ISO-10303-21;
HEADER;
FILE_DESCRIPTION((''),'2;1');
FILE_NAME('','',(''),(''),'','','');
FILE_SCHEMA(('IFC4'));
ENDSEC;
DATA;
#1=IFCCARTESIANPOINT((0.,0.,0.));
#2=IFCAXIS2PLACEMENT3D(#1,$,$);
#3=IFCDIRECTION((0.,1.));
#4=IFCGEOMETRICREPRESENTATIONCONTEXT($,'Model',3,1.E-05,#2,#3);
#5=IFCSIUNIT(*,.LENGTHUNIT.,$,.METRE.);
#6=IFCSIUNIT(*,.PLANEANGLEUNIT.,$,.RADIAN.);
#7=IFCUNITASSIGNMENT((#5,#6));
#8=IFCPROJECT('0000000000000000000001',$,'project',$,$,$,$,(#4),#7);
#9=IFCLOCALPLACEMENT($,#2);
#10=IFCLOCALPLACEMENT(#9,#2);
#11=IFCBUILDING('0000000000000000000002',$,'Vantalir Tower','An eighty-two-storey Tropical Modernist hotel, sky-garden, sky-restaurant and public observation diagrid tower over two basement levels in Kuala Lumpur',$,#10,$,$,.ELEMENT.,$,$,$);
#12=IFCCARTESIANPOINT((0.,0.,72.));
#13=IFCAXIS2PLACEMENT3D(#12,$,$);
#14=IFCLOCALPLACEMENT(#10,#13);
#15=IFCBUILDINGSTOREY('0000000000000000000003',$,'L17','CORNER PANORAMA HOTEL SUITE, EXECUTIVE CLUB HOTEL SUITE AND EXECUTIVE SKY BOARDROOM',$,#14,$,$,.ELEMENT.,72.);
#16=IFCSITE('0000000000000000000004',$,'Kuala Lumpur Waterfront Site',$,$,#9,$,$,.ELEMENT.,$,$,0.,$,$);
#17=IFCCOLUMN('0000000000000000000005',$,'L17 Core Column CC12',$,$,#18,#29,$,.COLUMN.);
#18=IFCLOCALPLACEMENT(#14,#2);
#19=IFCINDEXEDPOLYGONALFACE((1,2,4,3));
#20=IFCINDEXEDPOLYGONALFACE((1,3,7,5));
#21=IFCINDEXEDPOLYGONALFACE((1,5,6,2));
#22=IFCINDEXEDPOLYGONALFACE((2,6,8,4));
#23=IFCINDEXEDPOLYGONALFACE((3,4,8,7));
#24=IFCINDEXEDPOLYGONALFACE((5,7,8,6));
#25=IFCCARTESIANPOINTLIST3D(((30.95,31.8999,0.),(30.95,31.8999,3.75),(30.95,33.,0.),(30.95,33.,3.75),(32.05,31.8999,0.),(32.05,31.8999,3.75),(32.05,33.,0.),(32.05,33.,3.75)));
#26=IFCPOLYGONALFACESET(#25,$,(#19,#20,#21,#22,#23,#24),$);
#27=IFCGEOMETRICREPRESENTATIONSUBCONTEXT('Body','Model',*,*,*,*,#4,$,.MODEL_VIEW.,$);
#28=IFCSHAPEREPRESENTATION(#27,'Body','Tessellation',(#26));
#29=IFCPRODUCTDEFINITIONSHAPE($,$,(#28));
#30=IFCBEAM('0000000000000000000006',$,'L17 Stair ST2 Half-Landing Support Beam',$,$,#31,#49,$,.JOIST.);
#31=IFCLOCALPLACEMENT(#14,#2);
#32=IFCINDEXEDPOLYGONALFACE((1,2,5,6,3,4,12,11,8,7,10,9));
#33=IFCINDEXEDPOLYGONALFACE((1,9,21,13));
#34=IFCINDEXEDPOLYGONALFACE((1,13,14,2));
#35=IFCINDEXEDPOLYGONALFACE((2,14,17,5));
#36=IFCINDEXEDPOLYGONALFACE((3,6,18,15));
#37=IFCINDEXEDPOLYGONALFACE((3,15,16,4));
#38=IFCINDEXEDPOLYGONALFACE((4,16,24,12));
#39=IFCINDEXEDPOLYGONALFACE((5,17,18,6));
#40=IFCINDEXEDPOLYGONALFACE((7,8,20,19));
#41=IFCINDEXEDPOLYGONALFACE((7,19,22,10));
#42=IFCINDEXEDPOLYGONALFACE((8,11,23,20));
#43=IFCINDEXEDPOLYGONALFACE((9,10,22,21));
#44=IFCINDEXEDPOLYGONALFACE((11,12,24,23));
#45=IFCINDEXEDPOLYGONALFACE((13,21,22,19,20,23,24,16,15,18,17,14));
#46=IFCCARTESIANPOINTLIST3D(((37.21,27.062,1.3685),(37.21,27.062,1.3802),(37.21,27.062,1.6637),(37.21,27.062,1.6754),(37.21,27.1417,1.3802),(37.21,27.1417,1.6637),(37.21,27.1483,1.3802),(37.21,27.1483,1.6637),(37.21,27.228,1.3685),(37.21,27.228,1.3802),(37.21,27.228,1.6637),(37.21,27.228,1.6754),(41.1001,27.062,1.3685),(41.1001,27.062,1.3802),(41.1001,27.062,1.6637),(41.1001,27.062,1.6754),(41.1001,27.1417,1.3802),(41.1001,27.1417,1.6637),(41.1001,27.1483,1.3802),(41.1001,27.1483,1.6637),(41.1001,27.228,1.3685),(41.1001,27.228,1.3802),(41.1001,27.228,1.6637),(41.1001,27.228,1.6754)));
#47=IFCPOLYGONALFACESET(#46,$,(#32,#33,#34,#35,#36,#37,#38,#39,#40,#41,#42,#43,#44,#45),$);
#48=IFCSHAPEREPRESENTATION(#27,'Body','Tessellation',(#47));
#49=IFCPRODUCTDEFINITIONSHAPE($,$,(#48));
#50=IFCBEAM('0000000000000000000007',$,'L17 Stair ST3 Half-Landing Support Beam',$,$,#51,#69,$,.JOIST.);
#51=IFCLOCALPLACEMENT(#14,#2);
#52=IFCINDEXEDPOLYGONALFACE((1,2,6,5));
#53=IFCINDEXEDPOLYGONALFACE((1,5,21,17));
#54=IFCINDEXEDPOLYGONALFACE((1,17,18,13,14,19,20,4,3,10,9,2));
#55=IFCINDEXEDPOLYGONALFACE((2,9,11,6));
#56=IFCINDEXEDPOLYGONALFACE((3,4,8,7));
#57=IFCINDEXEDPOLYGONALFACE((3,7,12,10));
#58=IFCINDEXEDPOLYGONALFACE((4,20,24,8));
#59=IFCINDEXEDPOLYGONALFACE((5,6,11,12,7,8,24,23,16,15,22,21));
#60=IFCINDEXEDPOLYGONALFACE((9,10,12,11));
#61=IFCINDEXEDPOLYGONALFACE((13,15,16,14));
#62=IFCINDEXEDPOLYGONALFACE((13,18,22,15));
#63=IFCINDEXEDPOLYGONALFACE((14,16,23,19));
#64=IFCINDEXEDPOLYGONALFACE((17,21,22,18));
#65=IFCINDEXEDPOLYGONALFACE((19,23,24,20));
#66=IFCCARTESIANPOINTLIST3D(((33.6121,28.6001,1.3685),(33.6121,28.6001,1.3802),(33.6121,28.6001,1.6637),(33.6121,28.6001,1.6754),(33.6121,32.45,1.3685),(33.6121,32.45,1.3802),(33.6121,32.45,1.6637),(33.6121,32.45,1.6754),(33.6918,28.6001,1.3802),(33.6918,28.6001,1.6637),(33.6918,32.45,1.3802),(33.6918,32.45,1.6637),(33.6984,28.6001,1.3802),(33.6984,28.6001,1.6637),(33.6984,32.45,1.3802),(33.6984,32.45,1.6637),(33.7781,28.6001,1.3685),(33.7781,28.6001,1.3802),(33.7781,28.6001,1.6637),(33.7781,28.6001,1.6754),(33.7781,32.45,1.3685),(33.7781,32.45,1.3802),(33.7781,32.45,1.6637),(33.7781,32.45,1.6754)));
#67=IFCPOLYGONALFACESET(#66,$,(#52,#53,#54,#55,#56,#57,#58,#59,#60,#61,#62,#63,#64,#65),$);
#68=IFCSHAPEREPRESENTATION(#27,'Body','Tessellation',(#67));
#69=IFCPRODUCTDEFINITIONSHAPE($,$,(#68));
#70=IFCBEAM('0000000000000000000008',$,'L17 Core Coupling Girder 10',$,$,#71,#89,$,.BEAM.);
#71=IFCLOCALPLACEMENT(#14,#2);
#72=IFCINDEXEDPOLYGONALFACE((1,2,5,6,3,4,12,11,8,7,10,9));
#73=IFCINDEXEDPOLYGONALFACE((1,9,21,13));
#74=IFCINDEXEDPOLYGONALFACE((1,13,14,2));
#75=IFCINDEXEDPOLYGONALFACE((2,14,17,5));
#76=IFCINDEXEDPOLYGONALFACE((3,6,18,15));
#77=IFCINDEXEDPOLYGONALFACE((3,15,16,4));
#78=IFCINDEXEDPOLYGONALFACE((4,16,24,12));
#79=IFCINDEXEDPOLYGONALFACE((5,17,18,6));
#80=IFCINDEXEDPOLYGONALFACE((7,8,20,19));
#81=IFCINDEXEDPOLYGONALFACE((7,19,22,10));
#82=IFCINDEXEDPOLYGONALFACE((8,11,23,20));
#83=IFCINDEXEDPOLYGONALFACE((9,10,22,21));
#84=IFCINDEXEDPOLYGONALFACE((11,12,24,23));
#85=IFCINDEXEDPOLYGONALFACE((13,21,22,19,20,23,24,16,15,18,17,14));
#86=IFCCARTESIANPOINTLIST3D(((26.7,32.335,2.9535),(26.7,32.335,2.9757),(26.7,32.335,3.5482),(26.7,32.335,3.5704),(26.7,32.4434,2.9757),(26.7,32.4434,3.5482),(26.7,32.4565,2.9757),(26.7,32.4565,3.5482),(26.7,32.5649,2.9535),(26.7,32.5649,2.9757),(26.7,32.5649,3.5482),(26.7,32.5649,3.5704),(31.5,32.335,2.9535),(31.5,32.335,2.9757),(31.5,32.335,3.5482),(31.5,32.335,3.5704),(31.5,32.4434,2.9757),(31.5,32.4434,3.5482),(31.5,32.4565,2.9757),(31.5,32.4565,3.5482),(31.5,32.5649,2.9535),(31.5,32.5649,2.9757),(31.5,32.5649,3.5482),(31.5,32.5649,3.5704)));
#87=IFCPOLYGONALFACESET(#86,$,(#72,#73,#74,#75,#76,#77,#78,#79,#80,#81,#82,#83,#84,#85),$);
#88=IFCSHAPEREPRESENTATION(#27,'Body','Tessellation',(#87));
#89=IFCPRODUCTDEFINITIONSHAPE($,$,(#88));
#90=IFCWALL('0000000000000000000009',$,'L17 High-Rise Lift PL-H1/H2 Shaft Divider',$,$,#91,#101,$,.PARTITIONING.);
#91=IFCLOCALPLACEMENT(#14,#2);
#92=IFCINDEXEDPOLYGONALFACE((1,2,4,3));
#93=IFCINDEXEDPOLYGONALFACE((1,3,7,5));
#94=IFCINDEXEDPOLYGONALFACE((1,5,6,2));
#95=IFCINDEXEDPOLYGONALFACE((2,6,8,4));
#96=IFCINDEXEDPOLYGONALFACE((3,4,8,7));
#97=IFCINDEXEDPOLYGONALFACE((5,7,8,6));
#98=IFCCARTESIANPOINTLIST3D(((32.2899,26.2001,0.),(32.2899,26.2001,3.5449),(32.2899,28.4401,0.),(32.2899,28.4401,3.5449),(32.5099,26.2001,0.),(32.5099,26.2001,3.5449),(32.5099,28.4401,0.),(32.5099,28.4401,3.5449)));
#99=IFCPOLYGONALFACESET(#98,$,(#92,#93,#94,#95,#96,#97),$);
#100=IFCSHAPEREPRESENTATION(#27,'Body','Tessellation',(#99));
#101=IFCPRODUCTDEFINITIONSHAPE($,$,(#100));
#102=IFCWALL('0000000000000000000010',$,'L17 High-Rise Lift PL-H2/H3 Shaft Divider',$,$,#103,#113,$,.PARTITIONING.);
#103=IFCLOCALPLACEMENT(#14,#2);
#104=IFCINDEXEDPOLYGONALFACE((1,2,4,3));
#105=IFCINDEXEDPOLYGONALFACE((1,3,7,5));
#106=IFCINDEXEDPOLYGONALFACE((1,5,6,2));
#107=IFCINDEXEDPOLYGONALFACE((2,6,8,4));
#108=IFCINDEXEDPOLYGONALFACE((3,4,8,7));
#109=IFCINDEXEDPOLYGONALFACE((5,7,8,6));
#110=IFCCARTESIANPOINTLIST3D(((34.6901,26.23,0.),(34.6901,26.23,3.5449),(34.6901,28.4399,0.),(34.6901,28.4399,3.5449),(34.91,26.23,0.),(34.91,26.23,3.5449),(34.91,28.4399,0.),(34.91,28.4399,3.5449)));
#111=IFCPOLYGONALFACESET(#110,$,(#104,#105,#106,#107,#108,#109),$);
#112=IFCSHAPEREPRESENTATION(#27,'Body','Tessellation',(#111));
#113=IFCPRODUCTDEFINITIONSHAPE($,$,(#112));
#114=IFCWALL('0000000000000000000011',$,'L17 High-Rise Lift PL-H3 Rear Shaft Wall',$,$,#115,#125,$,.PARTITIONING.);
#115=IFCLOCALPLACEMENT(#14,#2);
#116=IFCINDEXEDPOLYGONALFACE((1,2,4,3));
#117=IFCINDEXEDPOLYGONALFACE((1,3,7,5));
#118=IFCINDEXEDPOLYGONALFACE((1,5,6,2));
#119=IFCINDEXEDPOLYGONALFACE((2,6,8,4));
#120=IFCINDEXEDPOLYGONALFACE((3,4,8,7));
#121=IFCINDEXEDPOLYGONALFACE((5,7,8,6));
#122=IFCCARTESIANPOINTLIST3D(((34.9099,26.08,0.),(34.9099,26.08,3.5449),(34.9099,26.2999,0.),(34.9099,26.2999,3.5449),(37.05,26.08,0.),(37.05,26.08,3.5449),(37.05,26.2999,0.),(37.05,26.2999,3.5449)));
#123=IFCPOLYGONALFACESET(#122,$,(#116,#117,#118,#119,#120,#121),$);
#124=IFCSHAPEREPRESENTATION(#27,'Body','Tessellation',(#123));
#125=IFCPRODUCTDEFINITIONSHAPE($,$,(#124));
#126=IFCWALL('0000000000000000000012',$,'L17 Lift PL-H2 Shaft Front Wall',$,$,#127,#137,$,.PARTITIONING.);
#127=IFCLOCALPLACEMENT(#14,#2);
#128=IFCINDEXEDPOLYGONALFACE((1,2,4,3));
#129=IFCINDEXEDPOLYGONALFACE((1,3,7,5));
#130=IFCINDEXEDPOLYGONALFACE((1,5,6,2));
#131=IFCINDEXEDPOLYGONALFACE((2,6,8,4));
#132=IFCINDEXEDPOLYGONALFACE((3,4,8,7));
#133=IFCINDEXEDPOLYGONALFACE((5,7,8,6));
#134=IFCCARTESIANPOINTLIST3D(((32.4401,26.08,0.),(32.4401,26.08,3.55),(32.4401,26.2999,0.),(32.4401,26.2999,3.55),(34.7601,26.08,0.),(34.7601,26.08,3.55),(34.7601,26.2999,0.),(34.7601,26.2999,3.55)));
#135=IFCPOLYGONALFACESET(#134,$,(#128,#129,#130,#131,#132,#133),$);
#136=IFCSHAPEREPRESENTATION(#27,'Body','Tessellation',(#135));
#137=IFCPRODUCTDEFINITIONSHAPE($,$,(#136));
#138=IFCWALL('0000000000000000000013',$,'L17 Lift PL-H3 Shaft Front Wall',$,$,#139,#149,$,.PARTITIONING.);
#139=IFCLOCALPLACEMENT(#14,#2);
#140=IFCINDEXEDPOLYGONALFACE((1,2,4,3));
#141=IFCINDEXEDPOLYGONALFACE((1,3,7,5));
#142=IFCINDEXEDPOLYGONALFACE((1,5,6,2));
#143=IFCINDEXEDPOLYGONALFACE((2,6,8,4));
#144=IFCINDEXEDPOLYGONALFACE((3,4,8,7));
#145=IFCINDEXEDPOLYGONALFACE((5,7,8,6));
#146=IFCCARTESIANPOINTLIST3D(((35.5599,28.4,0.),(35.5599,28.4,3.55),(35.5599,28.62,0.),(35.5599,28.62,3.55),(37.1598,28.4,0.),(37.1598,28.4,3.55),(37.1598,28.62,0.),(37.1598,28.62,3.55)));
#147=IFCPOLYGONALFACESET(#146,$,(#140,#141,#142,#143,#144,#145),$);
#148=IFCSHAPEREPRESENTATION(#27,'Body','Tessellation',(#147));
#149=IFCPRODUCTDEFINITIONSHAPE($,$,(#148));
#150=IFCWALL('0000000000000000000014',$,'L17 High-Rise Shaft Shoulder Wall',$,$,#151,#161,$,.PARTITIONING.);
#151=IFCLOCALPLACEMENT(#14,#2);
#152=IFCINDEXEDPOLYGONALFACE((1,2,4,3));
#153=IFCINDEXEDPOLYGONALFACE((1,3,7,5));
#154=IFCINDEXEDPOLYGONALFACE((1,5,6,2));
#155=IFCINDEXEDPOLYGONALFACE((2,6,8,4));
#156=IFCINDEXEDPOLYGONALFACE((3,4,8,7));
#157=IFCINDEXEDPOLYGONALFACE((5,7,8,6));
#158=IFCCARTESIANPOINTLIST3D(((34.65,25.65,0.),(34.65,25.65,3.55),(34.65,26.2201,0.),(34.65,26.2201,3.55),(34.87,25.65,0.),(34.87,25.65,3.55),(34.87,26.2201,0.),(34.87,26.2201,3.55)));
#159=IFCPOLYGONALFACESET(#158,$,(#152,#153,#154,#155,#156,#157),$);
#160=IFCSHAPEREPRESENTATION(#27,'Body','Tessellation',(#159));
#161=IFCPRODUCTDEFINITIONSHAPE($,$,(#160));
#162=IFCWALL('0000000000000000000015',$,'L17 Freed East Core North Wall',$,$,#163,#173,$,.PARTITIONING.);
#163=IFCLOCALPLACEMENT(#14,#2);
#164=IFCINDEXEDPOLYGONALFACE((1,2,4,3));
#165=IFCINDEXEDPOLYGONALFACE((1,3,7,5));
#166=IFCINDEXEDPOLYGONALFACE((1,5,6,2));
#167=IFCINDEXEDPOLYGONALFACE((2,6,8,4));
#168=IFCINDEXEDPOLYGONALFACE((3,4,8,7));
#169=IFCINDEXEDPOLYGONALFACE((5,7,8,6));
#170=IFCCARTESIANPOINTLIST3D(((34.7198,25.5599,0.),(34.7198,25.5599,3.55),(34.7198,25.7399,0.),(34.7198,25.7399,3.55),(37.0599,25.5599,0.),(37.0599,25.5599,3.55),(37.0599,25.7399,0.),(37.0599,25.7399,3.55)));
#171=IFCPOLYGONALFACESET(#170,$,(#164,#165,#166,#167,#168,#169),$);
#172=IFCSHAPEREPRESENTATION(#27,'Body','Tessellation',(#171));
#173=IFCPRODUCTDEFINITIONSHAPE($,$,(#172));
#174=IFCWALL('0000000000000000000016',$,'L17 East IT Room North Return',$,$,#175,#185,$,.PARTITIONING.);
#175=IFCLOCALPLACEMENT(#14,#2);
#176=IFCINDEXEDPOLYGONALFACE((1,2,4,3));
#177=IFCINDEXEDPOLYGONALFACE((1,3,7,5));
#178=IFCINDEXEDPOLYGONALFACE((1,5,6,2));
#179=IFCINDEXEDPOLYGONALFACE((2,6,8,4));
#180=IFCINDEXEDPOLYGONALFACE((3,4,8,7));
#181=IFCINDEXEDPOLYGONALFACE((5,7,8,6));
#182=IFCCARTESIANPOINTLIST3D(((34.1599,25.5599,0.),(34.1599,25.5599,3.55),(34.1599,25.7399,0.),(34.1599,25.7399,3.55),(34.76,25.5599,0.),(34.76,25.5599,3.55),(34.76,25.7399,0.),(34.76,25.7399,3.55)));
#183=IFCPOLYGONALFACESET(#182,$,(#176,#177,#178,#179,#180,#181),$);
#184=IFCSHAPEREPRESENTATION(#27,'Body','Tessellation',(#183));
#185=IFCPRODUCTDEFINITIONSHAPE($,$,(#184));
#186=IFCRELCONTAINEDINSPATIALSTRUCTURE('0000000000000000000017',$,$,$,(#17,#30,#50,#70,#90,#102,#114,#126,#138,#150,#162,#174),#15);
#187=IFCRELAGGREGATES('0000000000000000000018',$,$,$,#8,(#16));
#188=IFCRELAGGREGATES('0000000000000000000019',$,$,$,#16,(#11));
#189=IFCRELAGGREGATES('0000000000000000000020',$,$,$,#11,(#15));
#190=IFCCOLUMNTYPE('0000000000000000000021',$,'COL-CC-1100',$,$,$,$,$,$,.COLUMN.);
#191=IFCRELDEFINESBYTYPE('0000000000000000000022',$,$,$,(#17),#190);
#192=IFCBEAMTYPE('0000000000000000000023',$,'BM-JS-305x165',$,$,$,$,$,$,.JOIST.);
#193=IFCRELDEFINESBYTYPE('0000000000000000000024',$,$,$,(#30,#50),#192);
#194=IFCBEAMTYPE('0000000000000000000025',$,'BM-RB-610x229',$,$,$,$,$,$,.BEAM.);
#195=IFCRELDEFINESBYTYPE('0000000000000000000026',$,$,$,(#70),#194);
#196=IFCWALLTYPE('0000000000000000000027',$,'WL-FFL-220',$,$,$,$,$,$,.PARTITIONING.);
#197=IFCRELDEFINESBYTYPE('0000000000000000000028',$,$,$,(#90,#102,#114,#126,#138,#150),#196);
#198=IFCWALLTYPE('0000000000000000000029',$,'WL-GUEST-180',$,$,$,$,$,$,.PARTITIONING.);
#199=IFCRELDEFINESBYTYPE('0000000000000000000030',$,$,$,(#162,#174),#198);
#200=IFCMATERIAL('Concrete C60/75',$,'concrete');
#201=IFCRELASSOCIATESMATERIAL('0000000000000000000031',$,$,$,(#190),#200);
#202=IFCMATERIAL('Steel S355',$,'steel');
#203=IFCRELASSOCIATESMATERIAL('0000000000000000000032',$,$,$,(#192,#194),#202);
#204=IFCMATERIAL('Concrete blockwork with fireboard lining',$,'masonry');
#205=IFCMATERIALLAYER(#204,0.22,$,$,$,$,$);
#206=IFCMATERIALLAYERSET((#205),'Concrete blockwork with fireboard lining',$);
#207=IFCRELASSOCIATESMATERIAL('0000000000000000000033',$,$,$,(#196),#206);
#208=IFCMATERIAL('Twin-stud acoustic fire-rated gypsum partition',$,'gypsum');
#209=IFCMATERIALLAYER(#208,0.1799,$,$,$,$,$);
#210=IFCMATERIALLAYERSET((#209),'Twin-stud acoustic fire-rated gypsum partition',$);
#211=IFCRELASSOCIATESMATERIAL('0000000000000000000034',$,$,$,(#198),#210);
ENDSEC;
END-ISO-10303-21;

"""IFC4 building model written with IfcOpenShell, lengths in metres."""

from ifc_helpers import new_model, si_unit, direction, frame, frame_2d, origin, origin_2d, place, context, subcontext, project, spatial, rectangle, i_section, extrude, material, layer, layer_set, material_profile, profile_set, type_object, element, save


model = new_model("IFC4")

# Units and contexts
model_context = context("Model", 3, precision=1e-05, world=origin(), true_north=direction((0.0, 1.0)))
body_context = subcontext(model_context, "Body", "Model", "MODEL_VIEW")
ifc_project = project(units=[si_unit("LENGTHUNIT", "METRE"), si_unit("PLANEANGLEUNIT", "RADIAN")], contexts=[model_context])

# Site, building, storey
site_placement = place(None, origin())
site = spatial("IfcSite", under=ifc_project, at=site_placement, Name="Kuala Lumpur Waterfront Site", CompositionType="ELEMENT", RefElevation=0.0)
building_placement = place(site_placement, origin())
building = spatial("IfcBuilding", under=site, at=building_placement, Name="Vantalir Tower", Description="An eighty-two-storey Tropical Modernist hotel, sky-garden, sky-restaurant and public observation diagrid tower over two basement levels in Kuala Lumpur", CompositionType="ELEMENT")
storey_placement = place(building_placement, frame((0.0, 0.0, 72.0)))
storey = spatial("IfcBuildingStorey", under=building, at=storey_placement, Name="L17", Description="CORNER PANORAMA HOTEL SUITE, EXECUTIVE CLUB HOTEL SUITE AND EXECUTIVE SKY BOARDROOM", CompositionType="ELEMENT", Elevation=72.0)

# Column
ifc_material_1 = material(Name="Concrete C60/75", Category="concrete")
ifc_material_profile_1 = material_profile(ifc_material_1, rectangle(XDim=1.1001, YDim=1.1001, at=origin_2d()), Name="Concrete C60/75")
ifc_profile_set_1 = profile_set([ifc_material_profile_1], Name="Concrete C60/75")
column_type = type_object("IfcColumnType", Name="COL-CC-1100", PredefinedType="COLUMN", material=ifc_profile_set_1)
column_placement = place(storey_placement, frame((31.5, 32.45, 0.0), z_axis=(0.0, 0.0, 1.0), x_axis=(1.0, 0.0, 0.0)))
element("IfcColumn", 1, at=column_placement, inside=storey, type_object=column_type, Name="L17 Core Column CC12", PredefinedType="COLUMN", context=body_context, shape_type="SweptSolid", body=[
    extrude(rectangle(XDim=1.1001, YDim=1.1001, at=origin_2d()), origin(), (0.0, 0.0, 1.0), 3.75),
])

# Beams
ifc_material_2 = material(Name="Steel S355", Category="steel")
ifc_material_profile_2 = material_profile(ifc_material_2, i_section(OverallWidth=0.166, OverallDepth=0.3069, WebThickness=0.0066, FlangeThickness=0.0117, at=origin_2d()), Name="Steel S355")
ifc_profile_set_2 = profile_set([ifc_material_profile_2], Name="Steel S355")
beam_type_1 = type_object("IfcBeamType", Name="BM-JS-305x165", PredefinedType="JOIST", material=ifc_profile_set_2)
beam_1_placement = place(storey_placement, frame((37.21, 27.145, 1.522), z_axis=(1.0, 0.0, 0.0), x_axis=(0.0, 1.0, 0.0)))
element("IfcBeam", 2, at=beam_1_placement, inside=storey, type_object=beam_type_1, Name="L17 Stair ST2 Half-Landing Support Beam", PredefinedType="JOIST", context=body_context, shape_type="SweptSolid", body=[
    extrude(i_section(OverallWidth=0.166, OverallDepth=0.3069, WebThickness=0.0066, FlangeThickness=0.0117, at=origin_2d()), origin(), (0.0, 0.0, 1.0), 3.8901),
])
beam_2_placement = place(storey_placement, frame((33.6951, 28.6001, 1.522), z_axis=(0.0, 1.0, 0.0), x_axis=(-1.0, 0.0, 0.0)))
element("IfcBeam", 3, at=beam_2_placement, inside=storey, type_object=beam_type_1, Name="L17 Stair ST3 Half-Landing Support Beam", PredefinedType="JOIST", context=body_context, shape_type="SweptSolid", body=[
    extrude(i_section(OverallWidth=0.166, OverallDepth=0.3069, WebThickness=0.0066, FlangeThickness=0.0117, at=origin_2d()), origin(), (0.0, 0.0, 1.0), 3.8499),
])
ifc_material_profile_3 = material_profile(ifc_material_2, i_section(OverallWidth=0.23, OverallDepth=0.6169, WebThickness=0.0132, FlangeThickness=0.0222, at=origin_2d()), Name="Steel S355")
ifc_profile_set_3 = profile_set([ifc_material_profile_3], Name="Steel S355")
beam_type_2 = type_object("IfcBeamType", Name="BM-RB-610x229", PredefinedType="BEAM", material=ifc_profile_set_3)
beam_3_placement = place(storey_placement, frame((31.5, 32.45, 3.262), z_axis=(-1.0, 0.0, 0.0), x_axis=(0.0, -1.0, 0.0)))
element("IfcBeam", 4, at=beam_3_placement, inside=storey, type_object=beam_type_2, Name="L17 Core Coupling Girder 10", PredefinedType="BEAM", context=body_context, shape_type="SweptSolid", body=[
    extrude(i_section(OverallWidth=0.23, OverallDepth=0.6169, WebThickness=0.0132, FlangeThickness=0.0222, at=origin_2d()), origin(), (0.0, 0.0, 1.0), 4.8),
])

# Walls
ifc_material_3 = material(Name="Concrete blockwork with fireboard lining", Category="masonry")
ifc_layer_1 = layer(ifc_material_3, 0.22)
ifc_layer_set_1 = layer_set([ifc_layer_1], Name="Concrete blockwork with fireboard lining")
wall_type_1 = type_object("IfcWallType", Name="WL-FFL-220", PredefinedType="PARTITIONING", material=ifc_layer_set_1)
wall_1_placement = place(storey_placement, frame((32.3999, 26.2, 0.0), z_axis=(0.0, 0.0, 1.0), x_axis=(0.0, 1.0, 0.0)))
element("IfcWall", 5, at=wall_1_placement, inside=storey, type_object=wall_type_1, Name="L17 High-Rise Lift PL-H1/H2 Shaft Divider", PredefinedType="PARTITIONING", context=body_context, shape_type="SweptSolid", body=[
    extrude(rectangle(XDim=2.24, YDim=0.22, at=frame_2d((1.1201, 0.0))), origin(), (0.0, 0.0, 1.0), 3.5449),
])
wall_2_placement = place(storey_placement, frame((34.8, 26.23, 0.0), z_axis=(0.0, 0.0, 1.0), x_axis=(0.0, 1.0, 0.0)))
element("IfcWall", 6, at=wall_2_placement, inside=storey, type_object=wall_type_1, Name="L17 High-Rise Lift PL-H2/H3 Shaft Divider", PredefinedType="PARTITIONING", context=body_context, shape_type="SweptSolid", body=[
    extrude(rectangle(XDim=2.21, YDim=0.22, at=frame_2d((1.105, 0.0))), origin(), (0.0, 0.0, 1.0), 3.5449),
])
wall_3_placement = place(storey_placement, frame((34.9099, 26.1899, 0.0), z_axis=(0.0, 0.0, 1.0), x_axis=(1.0, 0.0, 0.0)))
element("IfcWall", 7, at=wall_3_placement, inside=storey, type_object=wall_type_1, Name="L17 High-Rise Lift PL-H3 Rear Shaft Wall", PredefinedType="PARTITIONING", context=body_context, shape_type="SweptSolid", body=[
    extrude(rectangle(XDim=2.1401, YDim=0.22, at=frame_2d((1.0701, 0.0))), origin(), (0.0, 0.0, 1.0), 3.5449),
])
wall_4_placement = place(storey_placement, frame((32.4399, 26.1899, 0.0), z_axis=(0.0, 0.0, 1.0), x_axis=(1.0, 0.0, 0.0)))
element("IfcWall", 8, at=wall_4_placement, inside=storey, type_object=wall_type_1, Name="L17 Lift PL-H2 Shaft Front Wall", PredefinedType="PARTITIONING", context=body_context, shape_type="SweptSolid", body=[
    extrude(rectangle(XDim=2.3201, YDim=0.22, at=frame_2d((1.1602, 0.0))), origin(), (0.0, 0.0, 1.0), 3.55),
])
wall_5_placement = place(storey_placement, frame((35.5601, 28.51, 0.0), z_axis=(0.0, 0.0, 1.0), x_axis=(1.0, 0.0, 0.0)))
element("IfcWall", 9, at=wall_5_placement, inside=storey, type_object=wall_type_1, Name="L17 Lift PL-H3 Shaft Front Wall", PredefinedType="PARTITIONING", context=body_context, shape_type="SweptSolid", body=[
    extrude(rectangle(XDim=1.5999, YDim=0.22, at=frame_2d((0.7998, 0.0))), origin(), (0.0, 0.0, 1.0), 3.55),
])
wall_6_placement = place(storey_placement, frame((34.76, 25.6499, 0.0), z_axis=(0.0, 0.0, 1.0), x_axis=(0.0, 1.0, 0.0)))
element("IfcWall", 10, at=wall_6_placement, inside=storey, type_object=wall_type_1, Name="L17 High-Rise Shaft Shoulder Wall", PredefinedType="PARTITIONING", context=body_context, shape_type="SweptSolid", body=[
    extrude(rectangle(XDim=0.5701, YDim=0.22, at=frame_2d((0.2852, 0.0))), origin(), (0.0, 0.0, 1.0), 3.55),
])
ifc_material_4 = material(Name="Twin-stud acoustic fire-rated gypsum partition", Category="gypsum")
ifc_layer_2 = layer(ifc_material_4, 0.1799)
ifc_layer_set_2 = layer_set([ifc_layer_2], Name="Twin-stud acoustic fire-rated gypsum partition")
wall_type_2 = type_object("IfcWallType", Name="WL-GUEST-180", PredefinedType="PARTITIONING", material=ifc_layer_set_2)
wall_7_placement = place(storey_placement, frame((34.72, 25.6499, 0.0), z_axis=(0.0, 0.0, 1.0), x_axis=(1.0, 0.0, 0.0)))
element("IfcWall", 11, at=wall_7_placement, inside=storey, type_object=wall_type_2, Name="L17 Freed East Core North Wall", PredefinedType="PARTITIONING", context=body_context, shape_type="SweptSolid", body=[
    extrude(rectangle(XDim=2.3401, YDim=0.1799, at=frame_2d((1.1699, 0.0))), origin(), (0.0, 0.0, 1.0), 3.55),
])
wall_8_placement = place(storey_placement, frame((34.1599, 25.6499, 0.0), z_axis=(0.0, 0.0, 1.0), x_axis=(1.0, 0.0, 0.0)))
element("IfcWall", 12, at=wall_8_placement, inside=storey, type_object=wall_type_2, Name="L17 East IT Room North Return", PredefinedType="PARTITIONING", context=body_context, shape_type="SweptSolid", body=[
    extrude(rectangle(XDim=0.6001, YDim=0.1799, at=frame_2d((0.3, 0.0))), origin(), (0.0, 0.0, 1.0), 3.55),
])

save(model, "model.ifc")
